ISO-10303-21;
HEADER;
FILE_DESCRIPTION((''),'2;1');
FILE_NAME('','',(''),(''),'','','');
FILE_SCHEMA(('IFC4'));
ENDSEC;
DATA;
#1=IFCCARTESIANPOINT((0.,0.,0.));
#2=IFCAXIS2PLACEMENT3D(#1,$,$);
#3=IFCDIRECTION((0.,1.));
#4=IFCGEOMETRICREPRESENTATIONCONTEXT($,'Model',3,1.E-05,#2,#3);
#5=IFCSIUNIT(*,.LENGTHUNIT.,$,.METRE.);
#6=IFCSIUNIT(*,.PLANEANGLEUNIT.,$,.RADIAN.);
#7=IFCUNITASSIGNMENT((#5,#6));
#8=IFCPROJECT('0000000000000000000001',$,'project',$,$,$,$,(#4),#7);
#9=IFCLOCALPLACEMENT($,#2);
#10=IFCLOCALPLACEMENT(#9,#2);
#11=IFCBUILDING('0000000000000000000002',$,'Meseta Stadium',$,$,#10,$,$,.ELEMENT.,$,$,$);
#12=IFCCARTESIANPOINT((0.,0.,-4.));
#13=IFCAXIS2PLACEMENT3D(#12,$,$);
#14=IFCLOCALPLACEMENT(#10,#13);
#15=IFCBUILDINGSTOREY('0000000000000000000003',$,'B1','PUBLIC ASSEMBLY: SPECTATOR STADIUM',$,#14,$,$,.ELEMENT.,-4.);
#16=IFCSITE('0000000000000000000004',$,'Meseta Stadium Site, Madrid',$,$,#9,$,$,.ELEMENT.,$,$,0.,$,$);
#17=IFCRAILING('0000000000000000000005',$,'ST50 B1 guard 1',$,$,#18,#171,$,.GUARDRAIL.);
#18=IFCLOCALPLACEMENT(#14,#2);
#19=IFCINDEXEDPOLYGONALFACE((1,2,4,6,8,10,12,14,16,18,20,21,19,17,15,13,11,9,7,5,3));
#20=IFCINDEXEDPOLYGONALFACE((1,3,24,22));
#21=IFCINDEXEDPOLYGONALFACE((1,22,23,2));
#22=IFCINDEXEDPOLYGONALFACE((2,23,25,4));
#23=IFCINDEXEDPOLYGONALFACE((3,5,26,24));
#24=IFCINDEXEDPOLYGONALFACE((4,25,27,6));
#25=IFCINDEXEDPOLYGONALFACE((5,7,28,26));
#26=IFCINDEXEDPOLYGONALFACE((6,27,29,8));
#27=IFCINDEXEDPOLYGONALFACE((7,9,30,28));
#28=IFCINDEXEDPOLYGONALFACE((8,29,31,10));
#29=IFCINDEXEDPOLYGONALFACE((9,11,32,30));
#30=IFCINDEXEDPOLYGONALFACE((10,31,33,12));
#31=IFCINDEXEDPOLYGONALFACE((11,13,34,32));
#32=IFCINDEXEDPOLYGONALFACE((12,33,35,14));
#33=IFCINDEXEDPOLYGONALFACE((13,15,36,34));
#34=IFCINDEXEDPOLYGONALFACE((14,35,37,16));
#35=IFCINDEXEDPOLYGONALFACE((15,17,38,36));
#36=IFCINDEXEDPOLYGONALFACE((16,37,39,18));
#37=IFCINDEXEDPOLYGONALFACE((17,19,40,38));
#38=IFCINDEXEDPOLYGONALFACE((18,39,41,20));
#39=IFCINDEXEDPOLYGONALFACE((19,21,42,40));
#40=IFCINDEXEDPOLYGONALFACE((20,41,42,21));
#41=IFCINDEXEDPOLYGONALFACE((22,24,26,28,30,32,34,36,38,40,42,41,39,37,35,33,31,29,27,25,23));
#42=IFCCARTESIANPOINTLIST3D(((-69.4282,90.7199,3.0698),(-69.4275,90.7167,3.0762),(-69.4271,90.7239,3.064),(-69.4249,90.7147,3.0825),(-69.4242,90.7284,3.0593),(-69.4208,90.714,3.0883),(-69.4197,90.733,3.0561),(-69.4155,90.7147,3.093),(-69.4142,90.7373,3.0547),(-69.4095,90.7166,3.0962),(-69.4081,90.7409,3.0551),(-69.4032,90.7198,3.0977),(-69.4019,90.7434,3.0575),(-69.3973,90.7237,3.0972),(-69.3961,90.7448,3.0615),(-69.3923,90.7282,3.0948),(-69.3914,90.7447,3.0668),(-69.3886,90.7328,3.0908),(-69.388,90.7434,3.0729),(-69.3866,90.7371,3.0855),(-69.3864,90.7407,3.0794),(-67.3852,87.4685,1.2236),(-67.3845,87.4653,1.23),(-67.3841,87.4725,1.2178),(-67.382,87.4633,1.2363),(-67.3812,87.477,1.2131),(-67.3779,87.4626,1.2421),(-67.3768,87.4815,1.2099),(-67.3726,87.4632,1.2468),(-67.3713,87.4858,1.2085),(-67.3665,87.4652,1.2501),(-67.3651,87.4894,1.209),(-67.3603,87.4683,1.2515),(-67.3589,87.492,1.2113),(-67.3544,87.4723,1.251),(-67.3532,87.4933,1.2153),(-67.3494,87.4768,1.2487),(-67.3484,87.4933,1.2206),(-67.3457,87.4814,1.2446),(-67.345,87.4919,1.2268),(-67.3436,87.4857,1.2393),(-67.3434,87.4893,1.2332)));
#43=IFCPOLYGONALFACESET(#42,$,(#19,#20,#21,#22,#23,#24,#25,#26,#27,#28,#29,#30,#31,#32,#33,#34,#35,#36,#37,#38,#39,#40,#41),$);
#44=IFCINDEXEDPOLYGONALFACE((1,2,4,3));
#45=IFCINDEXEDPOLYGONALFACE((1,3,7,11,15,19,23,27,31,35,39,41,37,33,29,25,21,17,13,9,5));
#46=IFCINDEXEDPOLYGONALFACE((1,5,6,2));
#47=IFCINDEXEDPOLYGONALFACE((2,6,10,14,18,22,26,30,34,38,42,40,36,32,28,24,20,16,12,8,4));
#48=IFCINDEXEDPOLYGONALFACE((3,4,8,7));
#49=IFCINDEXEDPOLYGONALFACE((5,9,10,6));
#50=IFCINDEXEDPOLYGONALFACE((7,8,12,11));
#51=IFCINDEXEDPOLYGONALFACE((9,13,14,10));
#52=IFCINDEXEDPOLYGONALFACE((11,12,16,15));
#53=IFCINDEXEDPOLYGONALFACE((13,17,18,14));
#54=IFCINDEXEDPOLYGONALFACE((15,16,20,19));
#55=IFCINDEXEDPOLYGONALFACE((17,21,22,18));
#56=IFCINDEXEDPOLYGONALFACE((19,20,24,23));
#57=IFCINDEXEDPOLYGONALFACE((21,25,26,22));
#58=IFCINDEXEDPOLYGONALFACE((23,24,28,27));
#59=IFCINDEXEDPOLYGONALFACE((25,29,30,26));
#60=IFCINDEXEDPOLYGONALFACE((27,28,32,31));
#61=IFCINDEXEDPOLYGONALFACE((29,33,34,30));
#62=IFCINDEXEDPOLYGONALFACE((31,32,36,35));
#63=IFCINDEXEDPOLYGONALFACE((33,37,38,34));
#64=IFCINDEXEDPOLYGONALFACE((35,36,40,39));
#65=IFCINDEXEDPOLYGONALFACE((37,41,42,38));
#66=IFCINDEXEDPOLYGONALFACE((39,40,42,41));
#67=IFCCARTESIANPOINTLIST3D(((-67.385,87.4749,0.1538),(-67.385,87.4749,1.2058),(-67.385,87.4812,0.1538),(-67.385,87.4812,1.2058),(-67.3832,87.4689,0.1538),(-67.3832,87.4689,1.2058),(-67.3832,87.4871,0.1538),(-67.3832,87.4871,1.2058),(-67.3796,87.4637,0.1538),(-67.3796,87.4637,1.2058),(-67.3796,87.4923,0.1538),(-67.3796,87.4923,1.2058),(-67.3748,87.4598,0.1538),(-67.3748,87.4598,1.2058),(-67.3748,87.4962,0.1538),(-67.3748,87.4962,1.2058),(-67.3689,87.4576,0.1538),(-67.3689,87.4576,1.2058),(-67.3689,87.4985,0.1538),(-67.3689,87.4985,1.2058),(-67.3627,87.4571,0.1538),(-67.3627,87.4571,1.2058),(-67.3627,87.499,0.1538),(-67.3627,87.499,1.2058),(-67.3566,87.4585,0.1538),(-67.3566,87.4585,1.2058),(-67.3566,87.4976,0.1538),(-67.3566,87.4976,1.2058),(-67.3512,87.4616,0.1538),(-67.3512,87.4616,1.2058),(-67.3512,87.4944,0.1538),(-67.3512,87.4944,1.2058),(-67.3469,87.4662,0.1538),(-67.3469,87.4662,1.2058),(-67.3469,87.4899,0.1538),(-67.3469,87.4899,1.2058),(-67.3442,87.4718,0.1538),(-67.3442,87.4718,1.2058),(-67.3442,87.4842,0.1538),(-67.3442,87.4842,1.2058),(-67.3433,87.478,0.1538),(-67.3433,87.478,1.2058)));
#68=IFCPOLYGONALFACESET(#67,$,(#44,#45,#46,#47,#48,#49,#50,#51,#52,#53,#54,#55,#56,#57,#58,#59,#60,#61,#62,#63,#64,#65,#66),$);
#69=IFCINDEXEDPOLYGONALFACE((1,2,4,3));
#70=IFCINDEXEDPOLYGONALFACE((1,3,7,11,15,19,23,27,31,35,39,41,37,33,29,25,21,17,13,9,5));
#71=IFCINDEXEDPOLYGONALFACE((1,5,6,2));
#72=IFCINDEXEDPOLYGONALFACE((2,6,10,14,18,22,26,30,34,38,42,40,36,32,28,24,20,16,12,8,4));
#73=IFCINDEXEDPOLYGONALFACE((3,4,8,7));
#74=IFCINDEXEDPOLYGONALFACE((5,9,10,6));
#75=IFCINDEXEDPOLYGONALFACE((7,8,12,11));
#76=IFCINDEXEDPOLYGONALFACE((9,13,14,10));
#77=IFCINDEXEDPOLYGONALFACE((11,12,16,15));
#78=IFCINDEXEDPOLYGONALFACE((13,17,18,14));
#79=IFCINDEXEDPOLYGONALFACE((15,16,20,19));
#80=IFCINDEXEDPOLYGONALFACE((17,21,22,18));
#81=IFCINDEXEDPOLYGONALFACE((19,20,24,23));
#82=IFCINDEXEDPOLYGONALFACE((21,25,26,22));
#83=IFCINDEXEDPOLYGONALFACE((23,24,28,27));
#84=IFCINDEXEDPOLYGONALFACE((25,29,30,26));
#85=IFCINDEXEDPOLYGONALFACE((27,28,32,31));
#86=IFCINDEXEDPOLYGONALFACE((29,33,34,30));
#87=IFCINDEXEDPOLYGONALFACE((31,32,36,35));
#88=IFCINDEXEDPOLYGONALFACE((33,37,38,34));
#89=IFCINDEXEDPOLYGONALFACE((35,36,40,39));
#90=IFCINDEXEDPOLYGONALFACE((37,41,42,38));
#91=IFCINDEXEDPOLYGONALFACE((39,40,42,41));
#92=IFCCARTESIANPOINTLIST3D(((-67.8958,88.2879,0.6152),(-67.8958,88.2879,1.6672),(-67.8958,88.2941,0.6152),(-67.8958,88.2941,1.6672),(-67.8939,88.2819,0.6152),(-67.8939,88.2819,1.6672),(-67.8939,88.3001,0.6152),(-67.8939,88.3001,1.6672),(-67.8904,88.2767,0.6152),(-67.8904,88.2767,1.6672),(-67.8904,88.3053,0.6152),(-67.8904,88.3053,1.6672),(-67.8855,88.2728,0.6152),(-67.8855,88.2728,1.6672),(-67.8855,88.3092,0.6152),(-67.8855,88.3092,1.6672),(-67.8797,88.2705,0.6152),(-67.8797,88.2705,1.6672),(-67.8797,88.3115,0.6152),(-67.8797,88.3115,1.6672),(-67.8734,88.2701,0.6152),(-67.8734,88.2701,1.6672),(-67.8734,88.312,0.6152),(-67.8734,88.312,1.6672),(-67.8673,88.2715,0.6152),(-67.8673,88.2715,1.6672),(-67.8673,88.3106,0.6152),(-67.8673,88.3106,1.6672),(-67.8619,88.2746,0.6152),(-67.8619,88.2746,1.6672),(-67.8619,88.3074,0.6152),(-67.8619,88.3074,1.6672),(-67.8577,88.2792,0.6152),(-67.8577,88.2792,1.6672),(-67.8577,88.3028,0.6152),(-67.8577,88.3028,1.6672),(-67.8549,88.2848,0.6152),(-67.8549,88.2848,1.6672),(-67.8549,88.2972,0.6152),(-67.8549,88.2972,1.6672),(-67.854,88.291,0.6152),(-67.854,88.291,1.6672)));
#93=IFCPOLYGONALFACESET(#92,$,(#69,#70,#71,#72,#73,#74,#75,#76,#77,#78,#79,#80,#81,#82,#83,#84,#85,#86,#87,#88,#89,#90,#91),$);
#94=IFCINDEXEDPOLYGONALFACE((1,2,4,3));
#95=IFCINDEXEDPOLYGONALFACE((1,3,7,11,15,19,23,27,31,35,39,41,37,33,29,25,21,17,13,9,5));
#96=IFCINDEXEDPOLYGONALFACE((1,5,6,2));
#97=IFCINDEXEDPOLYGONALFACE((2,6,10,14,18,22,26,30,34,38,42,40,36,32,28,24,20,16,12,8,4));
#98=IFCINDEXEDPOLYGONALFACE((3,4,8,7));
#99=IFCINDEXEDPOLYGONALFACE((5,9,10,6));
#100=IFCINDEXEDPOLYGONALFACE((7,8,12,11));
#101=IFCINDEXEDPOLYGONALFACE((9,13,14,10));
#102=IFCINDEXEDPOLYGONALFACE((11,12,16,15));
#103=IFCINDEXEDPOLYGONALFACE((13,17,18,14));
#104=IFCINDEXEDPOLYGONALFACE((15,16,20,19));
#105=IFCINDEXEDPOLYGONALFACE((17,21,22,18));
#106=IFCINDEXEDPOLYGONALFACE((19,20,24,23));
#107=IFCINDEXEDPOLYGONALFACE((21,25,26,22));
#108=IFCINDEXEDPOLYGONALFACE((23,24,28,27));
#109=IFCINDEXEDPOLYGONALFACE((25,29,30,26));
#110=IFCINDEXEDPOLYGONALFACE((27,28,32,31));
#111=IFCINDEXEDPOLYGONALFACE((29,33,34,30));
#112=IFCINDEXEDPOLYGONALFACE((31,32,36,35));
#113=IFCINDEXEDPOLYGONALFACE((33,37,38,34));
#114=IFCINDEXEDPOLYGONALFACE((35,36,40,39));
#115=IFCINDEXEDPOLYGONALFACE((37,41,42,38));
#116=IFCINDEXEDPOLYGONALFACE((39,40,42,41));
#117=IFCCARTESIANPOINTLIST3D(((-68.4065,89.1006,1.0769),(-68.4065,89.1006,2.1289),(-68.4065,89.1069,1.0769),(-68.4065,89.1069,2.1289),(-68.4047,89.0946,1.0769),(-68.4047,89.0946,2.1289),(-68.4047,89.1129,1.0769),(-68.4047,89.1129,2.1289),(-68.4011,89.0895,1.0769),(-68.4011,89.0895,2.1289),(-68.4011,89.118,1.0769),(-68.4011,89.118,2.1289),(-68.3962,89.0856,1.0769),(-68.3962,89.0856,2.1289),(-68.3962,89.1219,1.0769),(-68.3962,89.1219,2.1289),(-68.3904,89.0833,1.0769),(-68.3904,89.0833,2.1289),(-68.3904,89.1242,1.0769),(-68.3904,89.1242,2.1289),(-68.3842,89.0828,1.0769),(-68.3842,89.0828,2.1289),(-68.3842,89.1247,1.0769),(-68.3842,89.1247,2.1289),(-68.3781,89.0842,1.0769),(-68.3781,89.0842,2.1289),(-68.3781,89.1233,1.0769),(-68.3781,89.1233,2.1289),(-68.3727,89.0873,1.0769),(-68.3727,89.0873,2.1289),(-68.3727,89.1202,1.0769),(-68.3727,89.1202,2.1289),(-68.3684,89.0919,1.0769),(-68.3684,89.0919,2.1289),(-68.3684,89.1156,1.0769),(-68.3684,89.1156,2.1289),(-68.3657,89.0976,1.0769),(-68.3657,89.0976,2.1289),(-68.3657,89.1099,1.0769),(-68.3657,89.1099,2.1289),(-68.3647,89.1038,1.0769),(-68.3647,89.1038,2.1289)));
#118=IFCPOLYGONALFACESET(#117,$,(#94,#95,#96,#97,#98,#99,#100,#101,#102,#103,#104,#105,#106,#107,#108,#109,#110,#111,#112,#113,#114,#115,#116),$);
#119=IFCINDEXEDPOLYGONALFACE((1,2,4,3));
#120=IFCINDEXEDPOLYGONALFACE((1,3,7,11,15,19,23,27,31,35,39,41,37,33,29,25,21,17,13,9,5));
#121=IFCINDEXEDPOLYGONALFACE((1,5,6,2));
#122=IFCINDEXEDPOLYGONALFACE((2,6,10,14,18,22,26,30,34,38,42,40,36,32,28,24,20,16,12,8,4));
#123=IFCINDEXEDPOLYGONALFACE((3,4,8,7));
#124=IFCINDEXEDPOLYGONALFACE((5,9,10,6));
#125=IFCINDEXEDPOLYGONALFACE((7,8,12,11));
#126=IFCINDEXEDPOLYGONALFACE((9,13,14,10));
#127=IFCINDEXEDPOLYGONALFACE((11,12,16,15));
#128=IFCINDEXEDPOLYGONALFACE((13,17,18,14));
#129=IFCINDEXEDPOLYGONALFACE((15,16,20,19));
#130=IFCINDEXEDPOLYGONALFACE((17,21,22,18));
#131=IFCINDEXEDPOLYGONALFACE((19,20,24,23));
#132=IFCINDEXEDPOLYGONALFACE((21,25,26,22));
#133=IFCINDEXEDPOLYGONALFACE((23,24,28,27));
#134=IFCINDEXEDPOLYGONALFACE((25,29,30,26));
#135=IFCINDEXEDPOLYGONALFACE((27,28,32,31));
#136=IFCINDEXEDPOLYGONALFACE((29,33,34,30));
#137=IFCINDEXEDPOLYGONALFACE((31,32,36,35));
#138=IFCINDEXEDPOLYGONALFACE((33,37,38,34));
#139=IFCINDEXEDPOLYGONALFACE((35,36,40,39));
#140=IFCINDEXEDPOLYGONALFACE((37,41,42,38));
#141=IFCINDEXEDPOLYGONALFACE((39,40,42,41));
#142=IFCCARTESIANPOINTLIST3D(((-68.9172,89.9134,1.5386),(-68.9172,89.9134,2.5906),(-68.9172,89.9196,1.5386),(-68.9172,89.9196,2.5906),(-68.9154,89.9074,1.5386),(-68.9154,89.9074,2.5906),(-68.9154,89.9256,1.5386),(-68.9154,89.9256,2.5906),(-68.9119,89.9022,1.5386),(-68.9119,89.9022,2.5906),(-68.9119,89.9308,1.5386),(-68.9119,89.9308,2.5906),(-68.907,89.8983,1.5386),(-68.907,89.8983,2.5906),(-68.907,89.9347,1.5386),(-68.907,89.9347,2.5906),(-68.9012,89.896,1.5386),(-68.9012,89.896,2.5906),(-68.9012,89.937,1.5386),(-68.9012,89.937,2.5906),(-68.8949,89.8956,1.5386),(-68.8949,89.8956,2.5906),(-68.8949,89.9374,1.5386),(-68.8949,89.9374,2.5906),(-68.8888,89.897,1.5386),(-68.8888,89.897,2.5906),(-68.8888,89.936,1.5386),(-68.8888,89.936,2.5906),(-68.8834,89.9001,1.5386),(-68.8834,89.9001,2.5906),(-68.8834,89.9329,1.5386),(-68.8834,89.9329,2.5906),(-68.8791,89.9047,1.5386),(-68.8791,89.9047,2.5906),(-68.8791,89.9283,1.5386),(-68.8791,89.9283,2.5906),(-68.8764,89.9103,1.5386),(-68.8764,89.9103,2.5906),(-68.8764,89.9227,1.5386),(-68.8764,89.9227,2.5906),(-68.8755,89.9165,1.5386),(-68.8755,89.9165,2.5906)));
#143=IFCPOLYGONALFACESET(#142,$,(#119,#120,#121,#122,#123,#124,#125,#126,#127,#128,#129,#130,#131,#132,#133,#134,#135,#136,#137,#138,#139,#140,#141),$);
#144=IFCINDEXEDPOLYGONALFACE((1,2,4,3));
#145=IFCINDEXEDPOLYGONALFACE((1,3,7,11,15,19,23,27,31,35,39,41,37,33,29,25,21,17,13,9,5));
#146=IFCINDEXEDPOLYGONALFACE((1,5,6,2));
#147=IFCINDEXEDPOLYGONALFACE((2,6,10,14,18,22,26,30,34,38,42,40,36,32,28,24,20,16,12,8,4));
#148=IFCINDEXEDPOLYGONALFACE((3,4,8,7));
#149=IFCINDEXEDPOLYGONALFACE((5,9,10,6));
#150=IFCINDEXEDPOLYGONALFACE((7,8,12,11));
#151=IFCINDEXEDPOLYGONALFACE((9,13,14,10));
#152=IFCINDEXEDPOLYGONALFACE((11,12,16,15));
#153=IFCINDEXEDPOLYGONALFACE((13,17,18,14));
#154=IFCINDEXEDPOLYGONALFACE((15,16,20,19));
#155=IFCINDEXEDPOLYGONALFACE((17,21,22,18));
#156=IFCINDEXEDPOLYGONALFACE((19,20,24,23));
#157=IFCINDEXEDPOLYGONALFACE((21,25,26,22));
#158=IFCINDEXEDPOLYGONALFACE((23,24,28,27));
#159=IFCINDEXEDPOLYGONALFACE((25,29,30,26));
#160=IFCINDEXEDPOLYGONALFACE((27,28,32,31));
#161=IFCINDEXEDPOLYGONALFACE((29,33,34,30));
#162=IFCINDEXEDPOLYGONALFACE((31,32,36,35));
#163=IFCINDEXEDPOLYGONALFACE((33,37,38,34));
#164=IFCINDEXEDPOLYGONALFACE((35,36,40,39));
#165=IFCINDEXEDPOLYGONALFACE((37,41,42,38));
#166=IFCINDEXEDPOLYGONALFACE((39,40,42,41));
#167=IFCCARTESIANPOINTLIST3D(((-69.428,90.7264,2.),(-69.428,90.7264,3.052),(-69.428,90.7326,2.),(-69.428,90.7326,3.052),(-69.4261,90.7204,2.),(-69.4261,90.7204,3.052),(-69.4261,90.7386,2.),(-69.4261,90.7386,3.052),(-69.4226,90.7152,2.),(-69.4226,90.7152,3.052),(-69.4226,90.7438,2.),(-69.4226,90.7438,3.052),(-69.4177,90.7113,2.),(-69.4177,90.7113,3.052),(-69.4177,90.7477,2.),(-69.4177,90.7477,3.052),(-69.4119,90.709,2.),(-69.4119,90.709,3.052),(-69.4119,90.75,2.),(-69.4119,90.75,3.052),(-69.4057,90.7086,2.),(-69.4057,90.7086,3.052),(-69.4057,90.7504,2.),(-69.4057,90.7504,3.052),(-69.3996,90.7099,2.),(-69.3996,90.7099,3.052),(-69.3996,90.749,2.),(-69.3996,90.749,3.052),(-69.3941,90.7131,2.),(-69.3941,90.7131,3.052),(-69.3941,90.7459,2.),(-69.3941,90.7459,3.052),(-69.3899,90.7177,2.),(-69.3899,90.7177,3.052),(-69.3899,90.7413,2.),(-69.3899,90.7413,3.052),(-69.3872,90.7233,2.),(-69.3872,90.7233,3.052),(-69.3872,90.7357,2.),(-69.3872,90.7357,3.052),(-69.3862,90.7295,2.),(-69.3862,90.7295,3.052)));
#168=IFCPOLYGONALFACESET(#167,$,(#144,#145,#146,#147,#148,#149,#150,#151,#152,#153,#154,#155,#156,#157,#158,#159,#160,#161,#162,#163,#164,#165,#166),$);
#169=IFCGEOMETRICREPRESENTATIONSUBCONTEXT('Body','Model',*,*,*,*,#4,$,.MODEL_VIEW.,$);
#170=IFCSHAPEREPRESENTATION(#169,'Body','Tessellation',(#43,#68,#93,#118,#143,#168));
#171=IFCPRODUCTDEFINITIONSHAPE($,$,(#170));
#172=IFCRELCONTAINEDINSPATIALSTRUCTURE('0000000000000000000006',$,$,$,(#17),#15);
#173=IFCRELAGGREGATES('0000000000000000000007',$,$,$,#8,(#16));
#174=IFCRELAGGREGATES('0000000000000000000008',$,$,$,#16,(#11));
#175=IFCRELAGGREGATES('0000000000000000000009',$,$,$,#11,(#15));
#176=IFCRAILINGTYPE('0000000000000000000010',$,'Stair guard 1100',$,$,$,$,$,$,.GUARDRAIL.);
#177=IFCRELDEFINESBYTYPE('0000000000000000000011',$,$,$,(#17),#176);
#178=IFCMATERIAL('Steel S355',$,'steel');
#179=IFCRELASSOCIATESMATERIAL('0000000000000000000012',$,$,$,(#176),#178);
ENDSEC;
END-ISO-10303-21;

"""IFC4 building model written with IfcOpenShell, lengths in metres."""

from ifc_helpers import new_model, si_unit, direction, frame, origin, origin_2d, place, context, subcontext, project, spatial, circle, extrude, material, type_object, element, save


model = new_model("IFC4")

# Units and contexts
model_context = context("Model", 3, precision=1e-05, world=origin(), true_north=direction((0.0, 1.0)))
body_context = subcontext(model_context, "Body", "Model", "MODEL_VIEW")
ifc_project = project(units=[si_unit("LENGTHUNIT", "METRE"), si_unit("PLANEANGLEUNIT", "RADIAN")], contexts=[model_context])

# Site, building, storey
site_placement = place(None, origin())
site = spatial("IfcSite", under=ifc_project, at=site_placement, Name="Meseta Stadium Site, Madrid", CompositionType="ELEMENT", RefElevation=0.0)
building_placement = place(site_placement, origin())
building = spatial("IfcBuilding", under=site, at=building_placement, Name="Meseta Stadium", CompositionType="ELEMENT")
storey_placement = place(building_placement, frame((0.0, 0.0, -4.0)))
storey = spatial("IfcBuildingStorey", under=building, at=storey_placement, Name="B1", Description="PUBLIC ASSEMBLY: SPECTATOR STADIUM", CompositionType="ELEMENT", Elevation=-4.0)

# Railing
ifc_material_1 = material(Name="Steel S355", Category="steel")
railing_type_1 = type_object("IfcRailingType", Name="Stair guard 1100", PredefinedType="GUARDRAIL", material=ifc_material_1)
railing_1_placement = place(storey_placement, frame((-67.3643, 87.478, 0.1538)))
element("IfcRailing", 1, at=railing_1_placement, inside=storey, type_object=railing_type_1, Name="ST50 B1 guard 1", PredefinedType="GUARDRAIL", context=body_context, shape_type="SweptSolid", body=[
    extrude(circle(Radius=0.0239, at=origin_2d()), frame((0.0, 0.0, 1.0762), z_axis=(-0.479483, 0.763117, 0.4333), x_axis=(-0.846731, -0.53202, 0.0)), (0.0, 0.0, 1.0), 4.2607),
    extrude(circle(Radius=0.021, at=origin_2d()), origin(), (0.0, 0.0, 1.0), 1.052),
    extrude(circle(Radius=0.021, at=origin_2d()), frame((-0.5107, 0.813, 0.4614)), (0.0, 0.0, 1.0), 1.052),
    extrude(circle(Radius=0.021, at=origin_2d()), frame((-1.0215, 1.6257, 0.9231)), (0.0, 0.0, 1.0), 1.052),
    extrude(circle(Radius=0.021, at=origin_2d()), frame((-1.5322, 2.4385, 1.3848)), (0.0, 0.0, 1.0), 1.052),
    extrude(circle(Radius=0.021, at=origin_2d()), frame((-2.043, 3.2515, 1.8462)), (0.0, 0.0, 1.0), 1.052),
])

save(model, "model.ifc")
